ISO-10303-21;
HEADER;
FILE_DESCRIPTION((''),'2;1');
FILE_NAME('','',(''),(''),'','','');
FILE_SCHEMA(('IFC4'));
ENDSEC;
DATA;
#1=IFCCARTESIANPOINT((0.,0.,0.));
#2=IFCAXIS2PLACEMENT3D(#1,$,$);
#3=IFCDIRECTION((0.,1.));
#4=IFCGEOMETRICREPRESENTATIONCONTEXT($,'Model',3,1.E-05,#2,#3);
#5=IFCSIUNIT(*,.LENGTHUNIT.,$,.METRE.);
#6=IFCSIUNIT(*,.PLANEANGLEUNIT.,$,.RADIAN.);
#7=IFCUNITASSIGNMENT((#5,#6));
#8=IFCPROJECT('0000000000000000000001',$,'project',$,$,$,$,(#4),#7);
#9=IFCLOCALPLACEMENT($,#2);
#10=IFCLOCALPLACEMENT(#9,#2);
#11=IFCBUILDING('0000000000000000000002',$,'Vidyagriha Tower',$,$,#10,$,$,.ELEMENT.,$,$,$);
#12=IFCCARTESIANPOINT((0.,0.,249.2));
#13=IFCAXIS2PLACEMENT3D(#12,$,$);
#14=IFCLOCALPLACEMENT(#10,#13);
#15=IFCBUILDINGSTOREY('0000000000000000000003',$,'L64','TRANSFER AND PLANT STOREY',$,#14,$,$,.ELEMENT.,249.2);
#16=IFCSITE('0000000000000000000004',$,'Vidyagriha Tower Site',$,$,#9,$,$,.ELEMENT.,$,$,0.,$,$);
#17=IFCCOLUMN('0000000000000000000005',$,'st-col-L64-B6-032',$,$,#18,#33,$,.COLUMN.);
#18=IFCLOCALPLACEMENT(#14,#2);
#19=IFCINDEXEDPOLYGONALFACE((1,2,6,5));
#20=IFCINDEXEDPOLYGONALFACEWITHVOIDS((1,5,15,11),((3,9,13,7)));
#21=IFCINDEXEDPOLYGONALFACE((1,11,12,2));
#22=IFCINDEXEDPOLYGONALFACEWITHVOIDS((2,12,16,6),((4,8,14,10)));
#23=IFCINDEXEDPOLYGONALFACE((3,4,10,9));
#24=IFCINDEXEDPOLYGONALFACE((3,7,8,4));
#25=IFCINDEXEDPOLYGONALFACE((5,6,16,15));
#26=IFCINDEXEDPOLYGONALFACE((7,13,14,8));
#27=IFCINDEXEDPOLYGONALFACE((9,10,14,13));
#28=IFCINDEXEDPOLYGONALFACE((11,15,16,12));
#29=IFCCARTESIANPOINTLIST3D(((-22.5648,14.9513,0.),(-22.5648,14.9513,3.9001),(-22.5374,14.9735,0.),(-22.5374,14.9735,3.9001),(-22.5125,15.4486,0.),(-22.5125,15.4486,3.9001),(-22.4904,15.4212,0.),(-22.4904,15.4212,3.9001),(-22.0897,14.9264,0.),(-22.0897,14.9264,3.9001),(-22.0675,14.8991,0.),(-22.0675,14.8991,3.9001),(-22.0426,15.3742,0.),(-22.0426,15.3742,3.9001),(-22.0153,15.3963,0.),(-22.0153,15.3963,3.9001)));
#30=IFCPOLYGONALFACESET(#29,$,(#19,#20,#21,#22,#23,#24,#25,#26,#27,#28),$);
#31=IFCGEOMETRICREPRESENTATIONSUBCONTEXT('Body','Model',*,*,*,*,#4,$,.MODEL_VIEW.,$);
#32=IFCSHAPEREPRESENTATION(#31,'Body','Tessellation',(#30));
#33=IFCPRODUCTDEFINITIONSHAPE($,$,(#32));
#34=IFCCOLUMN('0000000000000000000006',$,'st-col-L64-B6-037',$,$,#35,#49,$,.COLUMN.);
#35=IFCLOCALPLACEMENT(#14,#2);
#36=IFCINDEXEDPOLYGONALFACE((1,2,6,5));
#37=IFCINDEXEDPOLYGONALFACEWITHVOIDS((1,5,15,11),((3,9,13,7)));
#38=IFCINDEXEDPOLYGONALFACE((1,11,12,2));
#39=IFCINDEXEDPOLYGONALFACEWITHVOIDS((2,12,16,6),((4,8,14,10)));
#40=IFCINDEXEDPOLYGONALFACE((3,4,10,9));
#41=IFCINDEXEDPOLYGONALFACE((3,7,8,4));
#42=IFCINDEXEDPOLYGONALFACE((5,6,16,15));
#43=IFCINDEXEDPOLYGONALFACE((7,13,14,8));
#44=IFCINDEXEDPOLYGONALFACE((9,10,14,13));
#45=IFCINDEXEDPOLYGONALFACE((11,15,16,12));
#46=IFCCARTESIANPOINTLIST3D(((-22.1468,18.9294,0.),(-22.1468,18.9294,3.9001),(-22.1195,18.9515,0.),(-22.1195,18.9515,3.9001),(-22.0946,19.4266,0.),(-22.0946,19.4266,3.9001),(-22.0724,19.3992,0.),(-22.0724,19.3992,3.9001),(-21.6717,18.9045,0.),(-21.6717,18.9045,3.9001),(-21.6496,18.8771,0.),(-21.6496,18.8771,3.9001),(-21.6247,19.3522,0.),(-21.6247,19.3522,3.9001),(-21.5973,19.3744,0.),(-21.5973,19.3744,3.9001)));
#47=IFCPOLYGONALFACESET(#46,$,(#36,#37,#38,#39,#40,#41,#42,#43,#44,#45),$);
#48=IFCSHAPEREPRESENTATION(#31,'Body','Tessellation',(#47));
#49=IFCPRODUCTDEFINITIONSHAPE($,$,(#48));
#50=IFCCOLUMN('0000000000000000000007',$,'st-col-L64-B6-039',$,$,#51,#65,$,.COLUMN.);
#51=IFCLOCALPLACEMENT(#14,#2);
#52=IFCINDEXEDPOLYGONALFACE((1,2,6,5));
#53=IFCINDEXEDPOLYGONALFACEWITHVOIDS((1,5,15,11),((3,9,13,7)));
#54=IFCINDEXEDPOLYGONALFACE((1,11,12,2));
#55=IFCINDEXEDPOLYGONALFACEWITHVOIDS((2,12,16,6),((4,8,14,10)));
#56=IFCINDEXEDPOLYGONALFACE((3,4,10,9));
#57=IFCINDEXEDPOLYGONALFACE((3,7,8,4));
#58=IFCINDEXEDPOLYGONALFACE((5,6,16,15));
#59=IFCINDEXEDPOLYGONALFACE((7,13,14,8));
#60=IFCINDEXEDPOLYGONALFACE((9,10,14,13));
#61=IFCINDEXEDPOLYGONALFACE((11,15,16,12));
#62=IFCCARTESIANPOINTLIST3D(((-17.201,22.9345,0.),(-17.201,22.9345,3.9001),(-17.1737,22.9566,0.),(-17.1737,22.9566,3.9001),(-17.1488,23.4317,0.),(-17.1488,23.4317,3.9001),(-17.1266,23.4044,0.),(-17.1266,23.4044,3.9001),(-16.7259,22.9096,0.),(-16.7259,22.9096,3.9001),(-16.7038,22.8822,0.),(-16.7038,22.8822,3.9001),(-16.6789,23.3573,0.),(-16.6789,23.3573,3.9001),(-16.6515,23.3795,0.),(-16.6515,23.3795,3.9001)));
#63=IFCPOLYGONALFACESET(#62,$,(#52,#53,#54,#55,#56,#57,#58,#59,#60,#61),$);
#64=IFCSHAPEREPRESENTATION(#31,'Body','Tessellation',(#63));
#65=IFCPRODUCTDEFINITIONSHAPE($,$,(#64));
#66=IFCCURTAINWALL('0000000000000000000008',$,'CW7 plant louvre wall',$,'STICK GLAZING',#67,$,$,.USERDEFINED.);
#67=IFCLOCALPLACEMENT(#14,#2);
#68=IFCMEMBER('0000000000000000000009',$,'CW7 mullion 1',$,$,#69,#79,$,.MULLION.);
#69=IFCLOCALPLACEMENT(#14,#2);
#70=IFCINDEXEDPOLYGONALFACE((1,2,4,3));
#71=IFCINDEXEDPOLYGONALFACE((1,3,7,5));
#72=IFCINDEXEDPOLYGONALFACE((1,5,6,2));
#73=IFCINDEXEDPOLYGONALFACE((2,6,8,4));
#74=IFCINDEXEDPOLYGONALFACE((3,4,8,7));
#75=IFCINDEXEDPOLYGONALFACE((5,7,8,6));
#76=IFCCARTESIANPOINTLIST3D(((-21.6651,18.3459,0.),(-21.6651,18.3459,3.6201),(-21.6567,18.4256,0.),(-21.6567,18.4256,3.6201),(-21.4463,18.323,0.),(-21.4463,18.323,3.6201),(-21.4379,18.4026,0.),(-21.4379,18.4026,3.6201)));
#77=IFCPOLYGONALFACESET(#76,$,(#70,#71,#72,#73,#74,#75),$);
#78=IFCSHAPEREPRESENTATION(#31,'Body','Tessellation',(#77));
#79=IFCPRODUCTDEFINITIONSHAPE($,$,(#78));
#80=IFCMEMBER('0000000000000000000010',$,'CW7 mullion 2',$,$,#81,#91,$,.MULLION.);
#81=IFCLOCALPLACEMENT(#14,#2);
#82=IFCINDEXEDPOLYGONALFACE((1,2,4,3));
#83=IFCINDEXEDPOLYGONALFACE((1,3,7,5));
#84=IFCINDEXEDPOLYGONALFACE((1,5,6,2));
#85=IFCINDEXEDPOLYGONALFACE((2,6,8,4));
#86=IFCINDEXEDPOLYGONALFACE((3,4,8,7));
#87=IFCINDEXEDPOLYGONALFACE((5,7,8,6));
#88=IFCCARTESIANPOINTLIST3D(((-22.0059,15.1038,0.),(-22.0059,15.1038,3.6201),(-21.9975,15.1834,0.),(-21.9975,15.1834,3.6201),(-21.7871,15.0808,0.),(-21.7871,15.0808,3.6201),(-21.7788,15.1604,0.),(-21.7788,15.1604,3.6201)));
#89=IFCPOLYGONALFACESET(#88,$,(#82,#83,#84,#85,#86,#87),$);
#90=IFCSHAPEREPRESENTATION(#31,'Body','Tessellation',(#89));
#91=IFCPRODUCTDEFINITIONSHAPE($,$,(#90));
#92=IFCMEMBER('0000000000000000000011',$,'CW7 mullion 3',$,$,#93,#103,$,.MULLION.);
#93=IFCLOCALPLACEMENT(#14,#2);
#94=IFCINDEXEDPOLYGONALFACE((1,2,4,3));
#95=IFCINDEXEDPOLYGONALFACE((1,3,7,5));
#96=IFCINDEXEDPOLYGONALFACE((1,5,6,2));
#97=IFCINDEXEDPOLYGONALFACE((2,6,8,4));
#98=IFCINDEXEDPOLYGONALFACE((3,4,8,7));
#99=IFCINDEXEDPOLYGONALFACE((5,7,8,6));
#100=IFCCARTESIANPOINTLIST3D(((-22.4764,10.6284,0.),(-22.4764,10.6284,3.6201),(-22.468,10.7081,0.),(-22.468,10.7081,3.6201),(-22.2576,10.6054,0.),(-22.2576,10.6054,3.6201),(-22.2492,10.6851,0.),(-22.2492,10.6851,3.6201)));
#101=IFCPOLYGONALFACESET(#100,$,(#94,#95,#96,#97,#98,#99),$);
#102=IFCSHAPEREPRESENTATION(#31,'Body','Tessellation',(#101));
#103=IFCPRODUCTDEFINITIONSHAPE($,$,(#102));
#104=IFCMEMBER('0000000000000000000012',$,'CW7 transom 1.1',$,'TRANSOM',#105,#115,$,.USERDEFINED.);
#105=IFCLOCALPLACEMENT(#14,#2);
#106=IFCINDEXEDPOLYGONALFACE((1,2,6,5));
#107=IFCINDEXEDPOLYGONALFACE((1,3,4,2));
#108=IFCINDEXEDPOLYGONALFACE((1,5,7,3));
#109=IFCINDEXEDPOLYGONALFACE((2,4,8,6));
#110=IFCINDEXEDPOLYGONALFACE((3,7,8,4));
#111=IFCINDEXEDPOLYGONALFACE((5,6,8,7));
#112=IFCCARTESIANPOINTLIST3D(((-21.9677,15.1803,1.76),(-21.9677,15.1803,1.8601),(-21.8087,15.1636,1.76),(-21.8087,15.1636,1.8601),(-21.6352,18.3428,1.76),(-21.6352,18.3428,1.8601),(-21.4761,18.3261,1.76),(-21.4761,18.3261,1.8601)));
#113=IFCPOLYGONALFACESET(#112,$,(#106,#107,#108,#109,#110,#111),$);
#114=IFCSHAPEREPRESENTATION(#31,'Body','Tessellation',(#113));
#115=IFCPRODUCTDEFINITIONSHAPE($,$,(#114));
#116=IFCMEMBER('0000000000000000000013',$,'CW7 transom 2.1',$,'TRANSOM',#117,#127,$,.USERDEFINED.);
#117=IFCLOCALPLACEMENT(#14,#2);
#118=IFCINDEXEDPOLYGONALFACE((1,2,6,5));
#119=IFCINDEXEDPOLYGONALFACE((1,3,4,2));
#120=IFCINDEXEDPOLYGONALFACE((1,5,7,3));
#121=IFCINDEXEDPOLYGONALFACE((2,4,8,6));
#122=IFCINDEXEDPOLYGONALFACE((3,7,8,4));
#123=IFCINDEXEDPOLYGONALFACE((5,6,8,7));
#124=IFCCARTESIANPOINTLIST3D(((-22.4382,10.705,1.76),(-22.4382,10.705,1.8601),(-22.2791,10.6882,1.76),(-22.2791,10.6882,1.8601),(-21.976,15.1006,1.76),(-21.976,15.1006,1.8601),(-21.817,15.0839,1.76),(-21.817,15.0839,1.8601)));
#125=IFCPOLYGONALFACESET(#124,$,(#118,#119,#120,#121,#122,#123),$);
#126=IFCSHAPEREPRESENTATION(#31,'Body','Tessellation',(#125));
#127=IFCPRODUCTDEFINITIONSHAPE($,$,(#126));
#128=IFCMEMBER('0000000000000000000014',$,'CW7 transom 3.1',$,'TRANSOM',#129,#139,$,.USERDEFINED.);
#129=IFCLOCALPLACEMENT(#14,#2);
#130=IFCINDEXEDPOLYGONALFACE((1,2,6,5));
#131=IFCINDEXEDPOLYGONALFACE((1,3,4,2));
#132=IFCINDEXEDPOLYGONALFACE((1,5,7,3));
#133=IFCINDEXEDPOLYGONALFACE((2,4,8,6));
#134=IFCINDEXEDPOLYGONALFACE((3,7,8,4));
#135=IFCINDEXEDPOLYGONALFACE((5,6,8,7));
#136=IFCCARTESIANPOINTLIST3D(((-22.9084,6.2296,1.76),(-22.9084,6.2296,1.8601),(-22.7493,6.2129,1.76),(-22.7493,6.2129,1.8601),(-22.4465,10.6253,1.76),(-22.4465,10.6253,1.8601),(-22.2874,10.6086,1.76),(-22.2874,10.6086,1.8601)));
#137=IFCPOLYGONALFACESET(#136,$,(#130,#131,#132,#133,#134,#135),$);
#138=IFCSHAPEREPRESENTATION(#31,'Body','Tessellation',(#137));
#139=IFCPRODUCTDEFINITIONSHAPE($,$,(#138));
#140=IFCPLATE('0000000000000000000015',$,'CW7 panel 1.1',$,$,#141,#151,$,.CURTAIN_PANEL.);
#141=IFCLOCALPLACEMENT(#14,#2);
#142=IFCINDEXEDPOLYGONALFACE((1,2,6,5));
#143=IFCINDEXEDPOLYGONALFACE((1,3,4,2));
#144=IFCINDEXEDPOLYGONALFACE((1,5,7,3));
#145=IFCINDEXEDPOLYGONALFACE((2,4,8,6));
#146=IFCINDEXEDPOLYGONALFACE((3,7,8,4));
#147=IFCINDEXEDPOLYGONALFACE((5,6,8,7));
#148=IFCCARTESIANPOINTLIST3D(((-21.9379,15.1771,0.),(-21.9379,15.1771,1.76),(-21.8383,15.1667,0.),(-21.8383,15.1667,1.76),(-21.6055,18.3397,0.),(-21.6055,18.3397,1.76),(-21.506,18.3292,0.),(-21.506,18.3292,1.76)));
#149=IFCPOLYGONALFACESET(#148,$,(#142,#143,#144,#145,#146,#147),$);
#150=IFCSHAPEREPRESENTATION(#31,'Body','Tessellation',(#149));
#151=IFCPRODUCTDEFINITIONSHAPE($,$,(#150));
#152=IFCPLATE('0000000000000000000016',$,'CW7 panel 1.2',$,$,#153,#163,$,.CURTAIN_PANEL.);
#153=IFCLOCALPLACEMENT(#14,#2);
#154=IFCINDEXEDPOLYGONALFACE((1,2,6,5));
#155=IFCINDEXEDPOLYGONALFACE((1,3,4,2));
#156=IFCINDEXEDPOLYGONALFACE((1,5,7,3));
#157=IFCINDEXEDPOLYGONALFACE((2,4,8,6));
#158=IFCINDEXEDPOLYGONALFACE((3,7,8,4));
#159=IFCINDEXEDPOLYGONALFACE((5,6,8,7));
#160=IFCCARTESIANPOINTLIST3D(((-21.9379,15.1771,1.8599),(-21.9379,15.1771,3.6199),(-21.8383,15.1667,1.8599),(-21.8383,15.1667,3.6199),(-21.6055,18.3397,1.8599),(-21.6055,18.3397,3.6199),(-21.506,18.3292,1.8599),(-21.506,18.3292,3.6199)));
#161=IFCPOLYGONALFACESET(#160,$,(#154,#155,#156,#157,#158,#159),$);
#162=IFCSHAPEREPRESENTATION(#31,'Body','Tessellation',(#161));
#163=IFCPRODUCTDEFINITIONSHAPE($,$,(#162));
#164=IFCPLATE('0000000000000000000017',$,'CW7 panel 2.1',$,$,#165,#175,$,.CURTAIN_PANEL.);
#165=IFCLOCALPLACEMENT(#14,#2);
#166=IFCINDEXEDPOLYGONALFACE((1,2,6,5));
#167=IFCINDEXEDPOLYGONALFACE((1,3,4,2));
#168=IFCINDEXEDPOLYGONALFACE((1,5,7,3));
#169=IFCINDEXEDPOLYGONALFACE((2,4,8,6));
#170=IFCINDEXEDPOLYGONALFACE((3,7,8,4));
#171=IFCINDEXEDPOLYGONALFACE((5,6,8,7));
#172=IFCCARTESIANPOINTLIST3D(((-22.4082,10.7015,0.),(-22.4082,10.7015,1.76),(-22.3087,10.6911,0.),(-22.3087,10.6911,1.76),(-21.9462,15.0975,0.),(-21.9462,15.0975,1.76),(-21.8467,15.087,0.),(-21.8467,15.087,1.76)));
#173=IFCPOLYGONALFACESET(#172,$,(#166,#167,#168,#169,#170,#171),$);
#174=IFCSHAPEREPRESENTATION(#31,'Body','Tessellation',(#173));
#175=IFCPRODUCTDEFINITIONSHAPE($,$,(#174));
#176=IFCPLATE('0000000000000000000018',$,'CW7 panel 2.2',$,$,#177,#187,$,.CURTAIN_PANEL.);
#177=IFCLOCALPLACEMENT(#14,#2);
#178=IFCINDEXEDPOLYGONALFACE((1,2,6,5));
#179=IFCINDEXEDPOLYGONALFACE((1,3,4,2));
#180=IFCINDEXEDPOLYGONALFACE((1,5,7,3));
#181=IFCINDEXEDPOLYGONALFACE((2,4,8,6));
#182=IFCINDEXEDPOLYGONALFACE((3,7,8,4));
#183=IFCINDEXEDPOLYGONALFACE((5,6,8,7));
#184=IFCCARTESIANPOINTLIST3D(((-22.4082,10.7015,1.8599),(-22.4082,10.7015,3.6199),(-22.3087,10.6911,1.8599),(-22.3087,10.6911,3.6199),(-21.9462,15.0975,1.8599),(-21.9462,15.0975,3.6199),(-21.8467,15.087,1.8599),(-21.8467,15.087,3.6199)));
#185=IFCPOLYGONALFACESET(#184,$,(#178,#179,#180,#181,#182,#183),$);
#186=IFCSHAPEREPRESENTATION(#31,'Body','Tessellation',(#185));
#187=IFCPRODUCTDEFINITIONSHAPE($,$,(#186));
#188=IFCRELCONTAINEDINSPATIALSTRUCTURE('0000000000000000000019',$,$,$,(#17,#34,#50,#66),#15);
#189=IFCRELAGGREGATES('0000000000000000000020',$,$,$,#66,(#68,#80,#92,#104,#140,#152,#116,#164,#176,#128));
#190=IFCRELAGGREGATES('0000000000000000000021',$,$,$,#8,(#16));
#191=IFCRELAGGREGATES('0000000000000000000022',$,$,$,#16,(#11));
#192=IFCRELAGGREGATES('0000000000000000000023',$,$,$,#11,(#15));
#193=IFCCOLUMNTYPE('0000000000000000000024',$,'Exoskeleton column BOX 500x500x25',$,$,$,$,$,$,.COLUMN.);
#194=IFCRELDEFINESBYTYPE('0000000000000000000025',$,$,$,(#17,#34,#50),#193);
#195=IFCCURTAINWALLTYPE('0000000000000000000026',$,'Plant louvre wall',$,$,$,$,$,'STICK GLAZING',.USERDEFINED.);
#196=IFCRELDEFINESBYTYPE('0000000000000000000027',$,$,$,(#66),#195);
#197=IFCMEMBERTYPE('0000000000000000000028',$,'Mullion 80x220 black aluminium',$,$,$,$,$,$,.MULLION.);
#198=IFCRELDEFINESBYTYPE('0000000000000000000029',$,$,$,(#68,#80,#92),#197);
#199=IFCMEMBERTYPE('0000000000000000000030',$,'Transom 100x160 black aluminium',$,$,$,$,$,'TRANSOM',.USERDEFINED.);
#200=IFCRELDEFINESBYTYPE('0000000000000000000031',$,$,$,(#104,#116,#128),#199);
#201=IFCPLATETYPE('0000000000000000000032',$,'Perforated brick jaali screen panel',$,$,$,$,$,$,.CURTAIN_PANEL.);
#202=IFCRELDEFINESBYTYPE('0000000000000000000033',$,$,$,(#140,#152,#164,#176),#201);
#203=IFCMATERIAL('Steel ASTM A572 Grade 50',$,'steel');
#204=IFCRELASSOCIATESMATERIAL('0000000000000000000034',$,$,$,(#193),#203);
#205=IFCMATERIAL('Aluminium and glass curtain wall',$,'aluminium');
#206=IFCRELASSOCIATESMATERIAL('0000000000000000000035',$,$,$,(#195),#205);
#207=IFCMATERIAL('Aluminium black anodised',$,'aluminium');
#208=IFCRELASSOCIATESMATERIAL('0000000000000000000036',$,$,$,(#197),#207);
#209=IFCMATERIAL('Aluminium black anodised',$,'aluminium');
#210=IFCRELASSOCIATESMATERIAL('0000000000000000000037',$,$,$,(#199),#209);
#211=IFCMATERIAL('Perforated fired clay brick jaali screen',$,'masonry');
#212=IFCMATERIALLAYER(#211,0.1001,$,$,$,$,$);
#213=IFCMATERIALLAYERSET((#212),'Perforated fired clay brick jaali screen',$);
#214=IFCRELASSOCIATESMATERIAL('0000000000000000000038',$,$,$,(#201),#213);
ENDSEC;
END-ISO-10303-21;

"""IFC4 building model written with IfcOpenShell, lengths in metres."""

from ifc_helpers import new_model, si_unit, direction, frame, origin, origin_2d, place, context, subcontext, project, spatial, rectangle, hollow_rectangle, extrude, material, layer, layer_set, material_profile, profile_set, type_object, element, aggregate, save


model = new_model("IFC4")

# Units and contexts
model_context = context("Model", 3, precision=1e-05, world=origin(), true_north=direction((0.0, 1.0)))
body_context = subcontext(model_context, "Body", "Model", "MODEL_VIEW")
ifc_project = project(units=[si_unit("LENGTHUNIT", "METRE"), si_unit("PLANEANGLEUNIT", "RADIAN")], contexts=[model_context])

# Site, building, storey
site_placement = place(None, origin())
site = spatial("IfcSite", under=ifc_project, at=site_placement, Name="Vidyagriha Tower Site", CompositionType="ELEMENT", RefElevation=0.0)
building_placement = place(site_placement, origin())
building = spatial("IfcBuilding", under=site, at=building_placement, Name="Vidyagriha Tower", CompositionType="ELEMENT")
storey_placement = place(building_placement, frame((0.0, 0.0, 249.2)))
storey = spatial("IfcBuildingStorey", under=building, at=storey_placement, Name="L64", Description="TRANSFER AND PLANT STOREY", CompositionType="ELEMENT", Elevation=249.2)

# Columns
ifc_material_1 = material(Name="Steel ASTM A572 Grade 50", Category="steel")
ifc_material_profile_1 = material_profile(ifc_material_1, hollow_rectangle(XDim=0.5, YDim=0.5, WallThickness=0.0249, at=origin_2d()), Name="BOX 500x500x25")
ifc_profile_set_1 = profile_set([ifc_material_profile_1], Name="Steel ASTM A572 Grade 50")
column_type = type_object("IfcColumnType", Name="Exoskeleton column BOX 500x500x25", PredefinedType="COLUMN", material=ifc_profile_set_1)
for number, where, z_axis, x_axis, name in (
    (1, (-22.29, 15.1738, 0.0), (0.0, 0.0, 1.0), (0.994522, -0.104528, 0.0), "st-col-L64-B6-032"),
    (2, (-21.8721, 19.1519, 0.0), (0.0, 0.0, 1.0), (0.994522, -0.104528, 0.0), "st-col-L64-B6-037"),
    (3, (-16.9263, 23.157, 0.0), (0.0, 0.0, 1.0), (0.994522, -0.104528, 0.0), "st-col-L64-B6-039"),
):
    element("IfcColumn", number, at=place(storey_placement, frame(where, z_axis=z_axis, x_axis=x_axis)), inside=storey, type_object=column_type, Name=name, PredefinedType="COLUMN", context=body_context, shape_type="SweptSolid", body=[
        extrude(hollow_rectangle(XDim=0.5, YDim=0.5, WallThickness=0.0249, at=origin_2d()), origin(), (0.0, 0.0, 1.0), 3.9001),
    ])

# Curtain wall, members, plates
ifc_material_2 = material(Name="Aluminium and glass curtain wall", Category="aluminium")
curtain_wall_type = type_object("IfcCurtainWallType", Name="Plant louvre wall", ElementType="STICK GLAZING", PredefinedType="USERDEFINED", material=ifc_material_2)
curtain_wall_placement = place(storey_placement, origin())
curtain_wall = element("IfcCurtainWall", 4, at=curtain_wall_placement, inside=storey, type_object=curtain_wall_type, Name="CW7 plant louvre wall", ObjectType="STICK GLAZING", PredefinedType="USERDEFINED")
ifc_material_3 = material(Name="Aluminium black anodised", Category="aluminium")
ifc_material_profile_2 = material_profile(ifc_material_3, rectangle(XDim=0.22, YDim=0.0801, at=origin_2d()), Name="Mullion 80x220 black aluminium")
ifc_profile_set_2 = profile_set([ifc_material_profile_2], Name="Aluminium black anodised")
member_type_1 = type_object("IfcMemberType", Name="Mullion 80x220 black aluminium", PredefinedType="MULLION", material=ifc_profile_set_2)
member_1_placement = place(storey_placement, frame((-21.5515, 18.3743, 0.0), z_axis=(0.0, 0.0, 1.0), x_axis=(0.994522, -0.104528, 0.0)))
member_1 = element("IfcMember", 5, at=member_1_placement, type_object=member_type_1, Name="CW7 mullion 1", PredefinedType="MULLION", context=body_context, shape_type="SweptSolid", body=[
    extrude(rectangle(XDim=0.22, YDim=0.0801, at=origin_2d()), origin(), (0.0, 0.0, 1.0), 3.6201),
])
member_2_placement = place(storey_placement, frame((-21.8923, 15.1321, 0.0), z_axis=(0.0, 0.0, 1.0), x_axis=(0.994522, -0.104528, 0.0)))
member_2 = element("IfcMember", 6, at=member_2_placement, type_object=member_type_1, Name="CW7 mullion 2", PredefinedType="MULLION", context=body_context, shape_type="SweptSolid", body=[
    extrude(rectangle(XDim=0.22, YDim=0.0801, at=origin_2d()), origin(), (0.0, 0.0, 1.0), 3.6201),
])
member_3_placement = place(storey_placement, frame((-22.3628, 10.6567, 0.0), z_axis=(0.0, 0.0, 1.0), x_axis=(0.994522, -0.104528, 0.0)))
member_3 = element("IfcMember", 7, at=member_3_placement, type_object=member_type_1, Name="CW7 mullion 3", PredefinedType="MULLION", context=body_context, shape_type="SweptSolid", body=[
    extrude(rectangle(XDim=0.22, YDim=0.0801, at=origin_2d()), origin(), (0.0, 0.0, 1.0), 3.6201),
])
ifc_material_4 = material(Name="Aluminium black anodised", Category="aluminium")
ifc_material_profile_3 = material_profile(ifc_material_4, rectangle(XDim=0.1599, YDim=0.1001, at=origin_2d()), Name="Transom 100x160 black aluminium")
ifc_profile_set_3 = profile_set([ifc_material_profile_3], Name="Aluminium black anodised")
member_type_2 = type_object("IfcMemberType", Name="Transom 100x160 black aluminium", ElementType="TRANSOM", PredefinedType="USERDEFINED", material=ifc_profile_set_3)
member_4_placement = place(storey_placement, frame((-21.5557, 18.3345, 1.8101), z_axis=(-0.104565, -0.994518, 0.0), x_axis=(0.994518, -0.104565, 0.0)))
member_4 = element("IfcMember", 8, at=member_4_placement, type_object=member_type_2, Name="CW7 transom 1.1", ObjectType="TRANSOM", PredefinedType="USERDEFINED", context=body_context, shape_type="SweptSolid", body=[
    extrude(rectangle(XDim=0.1599, YDim=0.1001, at=origin_2d()), origin(), (0.0, 0.0, 1.0), 3.1799),
])
member_5_placement = place(storey_placement, frame((-21.8965, 15.0923, 1.8101), z_axis=(-0.104561, -0.994518, 0.0), x_axis=(0.994518, -0.104561, 0.0)))
member_5 = element("IfcMember", 9, at=member_5_placement, type_object=member_type_2, Name="CW7 transom 2.1", ObjectType="TRANSOM", PredefinedType="USERDEFINED", context=body_context, shape_type="SweptSolid", body=[
    extrude(rectangle(XDim=0.1599, YDim=0.1001, at=origin_2d()), origin(), (0.0, 0.0, 1.0), 4.4199),
])
member_6_placement = place(storey_placement, frame((-22.3669, 10.6169, 1.8101), z_axis=(-0.104507, -0.994524, 0.0), x_axis=(0.994524, -0.104507, 0.0)))
member_6 = element("IfcMember", 10, at=member_6_placement, type_object=member_type_2, Name="CW7 transom 3.1", ObjectType="TRANSOM", PredefinedType="USERDEFINED", context=body_context, shape_type="SweptSolid", body=[
    extrude(rectangle(XDim=0.1599, YDim=0.1001, at=origin_2d()), origin(), (0.0, 0.0, 1.0), 4.4199),
])
ifc_material_5 = material(Name="Perforated fired clay brick jaali screen", Category="masonry")
ifc_layer_1 = layer(ifc_material_5, 0.1001)
ifc_layer_set_1 = layer_set([ifc_layer_1], Name="Perforated fired clay brick jaali screen")
plate_type = type_object("IfcPlateType", Name="Perforated brick jaali screen panel", PredefinedType="CURTAIN_PANEL", material=ifc_layer_set_1)
plate_1_placement = place(storey_placement, frame((-21.7219, 16.7532, 0.0), z_axis=(0.0, 0.0, 1.0), x_axis=(-0.104528, -0.994522, 0.0)))
plate_1 = element("IfcPlate", 11, at=plate_1_placement, type_object=plate_type, Name="CW7 panel 1.1", PredefinedType="CURTAIN_PANEL", context=body_context, shape_type="SweptSolid", body=[
    extrude(rectangle(XDim=3.1799, YDim=0.1001, at=origin_2d()), origin(), (0.0, 0.0, 1.0), 1.76),
])
plate_2_placement = place(storey_placement, frame((-21.7219, 16.7532, 1.8599), z_axis=(0.0, 0.0, 1.0), x_axis=(-0.104528, -0.994522, 0.0)))
plate_2 = element("IfcPlate", 12, at=plate_2_placement, type_object=plate_type, Name="CW7 panel 1.2", PredefinedType="CURTAIN_PANEL", context=body_context, shape_type="SweptSolid", body=[
    extrude(rectangle(XDim=3.1799, YDim=0.1001, at=origin_2d()), origin(), (0.0, 0.0, 1.0), 1.76),
])
plate_3_placement = place(storey_placement, frame((-22.1274, 12.8943, 0.0), z_axis=(0.0, 0.0, 1.0), x_axis=(-0.104528, -0.994522, 0.0)))
plate_3 = element("IfcPlate", 13, at=plate_3_placement, type_object=plate_type, Name="CW7 panel 2.1", PredefinedType="CURTAIN_PANEL", context=body_context, shape_type="SweptSolid", body=[
    extrude(rectangle(XDim=4.4202, YDim=0.1001, at=origin_2d()), origin(), (0.0, 0.0, 1.0), 1.76),
])
plate_4_placement = place(storey_placement, frame((-22.1274, 12.8943, 1.8599), z_axis=(0.0, 0.0, 1.0), x_axis=(-0.104528, -0.994522, 0.0)))
plate_4 = element("IfcPlate", 14, at=plate_4_placement, type_object=plate_type, Name="CW7 panel 2.2", PredefinedType="CURTAIN_PANEL", context=body_context, shape_type="SweptSolid", body=[
    extrude(rectangle(XDim=4.4202, YDim=0.1001, at=origin_2d()), origin(), (0.0, 0.0, 1.0), 1.76),
])
aggregate(curtain_wall, [member_1, member_2, member_3, member_4, plate_1, plate_2, member_5, plate_3, plate_4, member_6])

save(model, "model.ifc")
